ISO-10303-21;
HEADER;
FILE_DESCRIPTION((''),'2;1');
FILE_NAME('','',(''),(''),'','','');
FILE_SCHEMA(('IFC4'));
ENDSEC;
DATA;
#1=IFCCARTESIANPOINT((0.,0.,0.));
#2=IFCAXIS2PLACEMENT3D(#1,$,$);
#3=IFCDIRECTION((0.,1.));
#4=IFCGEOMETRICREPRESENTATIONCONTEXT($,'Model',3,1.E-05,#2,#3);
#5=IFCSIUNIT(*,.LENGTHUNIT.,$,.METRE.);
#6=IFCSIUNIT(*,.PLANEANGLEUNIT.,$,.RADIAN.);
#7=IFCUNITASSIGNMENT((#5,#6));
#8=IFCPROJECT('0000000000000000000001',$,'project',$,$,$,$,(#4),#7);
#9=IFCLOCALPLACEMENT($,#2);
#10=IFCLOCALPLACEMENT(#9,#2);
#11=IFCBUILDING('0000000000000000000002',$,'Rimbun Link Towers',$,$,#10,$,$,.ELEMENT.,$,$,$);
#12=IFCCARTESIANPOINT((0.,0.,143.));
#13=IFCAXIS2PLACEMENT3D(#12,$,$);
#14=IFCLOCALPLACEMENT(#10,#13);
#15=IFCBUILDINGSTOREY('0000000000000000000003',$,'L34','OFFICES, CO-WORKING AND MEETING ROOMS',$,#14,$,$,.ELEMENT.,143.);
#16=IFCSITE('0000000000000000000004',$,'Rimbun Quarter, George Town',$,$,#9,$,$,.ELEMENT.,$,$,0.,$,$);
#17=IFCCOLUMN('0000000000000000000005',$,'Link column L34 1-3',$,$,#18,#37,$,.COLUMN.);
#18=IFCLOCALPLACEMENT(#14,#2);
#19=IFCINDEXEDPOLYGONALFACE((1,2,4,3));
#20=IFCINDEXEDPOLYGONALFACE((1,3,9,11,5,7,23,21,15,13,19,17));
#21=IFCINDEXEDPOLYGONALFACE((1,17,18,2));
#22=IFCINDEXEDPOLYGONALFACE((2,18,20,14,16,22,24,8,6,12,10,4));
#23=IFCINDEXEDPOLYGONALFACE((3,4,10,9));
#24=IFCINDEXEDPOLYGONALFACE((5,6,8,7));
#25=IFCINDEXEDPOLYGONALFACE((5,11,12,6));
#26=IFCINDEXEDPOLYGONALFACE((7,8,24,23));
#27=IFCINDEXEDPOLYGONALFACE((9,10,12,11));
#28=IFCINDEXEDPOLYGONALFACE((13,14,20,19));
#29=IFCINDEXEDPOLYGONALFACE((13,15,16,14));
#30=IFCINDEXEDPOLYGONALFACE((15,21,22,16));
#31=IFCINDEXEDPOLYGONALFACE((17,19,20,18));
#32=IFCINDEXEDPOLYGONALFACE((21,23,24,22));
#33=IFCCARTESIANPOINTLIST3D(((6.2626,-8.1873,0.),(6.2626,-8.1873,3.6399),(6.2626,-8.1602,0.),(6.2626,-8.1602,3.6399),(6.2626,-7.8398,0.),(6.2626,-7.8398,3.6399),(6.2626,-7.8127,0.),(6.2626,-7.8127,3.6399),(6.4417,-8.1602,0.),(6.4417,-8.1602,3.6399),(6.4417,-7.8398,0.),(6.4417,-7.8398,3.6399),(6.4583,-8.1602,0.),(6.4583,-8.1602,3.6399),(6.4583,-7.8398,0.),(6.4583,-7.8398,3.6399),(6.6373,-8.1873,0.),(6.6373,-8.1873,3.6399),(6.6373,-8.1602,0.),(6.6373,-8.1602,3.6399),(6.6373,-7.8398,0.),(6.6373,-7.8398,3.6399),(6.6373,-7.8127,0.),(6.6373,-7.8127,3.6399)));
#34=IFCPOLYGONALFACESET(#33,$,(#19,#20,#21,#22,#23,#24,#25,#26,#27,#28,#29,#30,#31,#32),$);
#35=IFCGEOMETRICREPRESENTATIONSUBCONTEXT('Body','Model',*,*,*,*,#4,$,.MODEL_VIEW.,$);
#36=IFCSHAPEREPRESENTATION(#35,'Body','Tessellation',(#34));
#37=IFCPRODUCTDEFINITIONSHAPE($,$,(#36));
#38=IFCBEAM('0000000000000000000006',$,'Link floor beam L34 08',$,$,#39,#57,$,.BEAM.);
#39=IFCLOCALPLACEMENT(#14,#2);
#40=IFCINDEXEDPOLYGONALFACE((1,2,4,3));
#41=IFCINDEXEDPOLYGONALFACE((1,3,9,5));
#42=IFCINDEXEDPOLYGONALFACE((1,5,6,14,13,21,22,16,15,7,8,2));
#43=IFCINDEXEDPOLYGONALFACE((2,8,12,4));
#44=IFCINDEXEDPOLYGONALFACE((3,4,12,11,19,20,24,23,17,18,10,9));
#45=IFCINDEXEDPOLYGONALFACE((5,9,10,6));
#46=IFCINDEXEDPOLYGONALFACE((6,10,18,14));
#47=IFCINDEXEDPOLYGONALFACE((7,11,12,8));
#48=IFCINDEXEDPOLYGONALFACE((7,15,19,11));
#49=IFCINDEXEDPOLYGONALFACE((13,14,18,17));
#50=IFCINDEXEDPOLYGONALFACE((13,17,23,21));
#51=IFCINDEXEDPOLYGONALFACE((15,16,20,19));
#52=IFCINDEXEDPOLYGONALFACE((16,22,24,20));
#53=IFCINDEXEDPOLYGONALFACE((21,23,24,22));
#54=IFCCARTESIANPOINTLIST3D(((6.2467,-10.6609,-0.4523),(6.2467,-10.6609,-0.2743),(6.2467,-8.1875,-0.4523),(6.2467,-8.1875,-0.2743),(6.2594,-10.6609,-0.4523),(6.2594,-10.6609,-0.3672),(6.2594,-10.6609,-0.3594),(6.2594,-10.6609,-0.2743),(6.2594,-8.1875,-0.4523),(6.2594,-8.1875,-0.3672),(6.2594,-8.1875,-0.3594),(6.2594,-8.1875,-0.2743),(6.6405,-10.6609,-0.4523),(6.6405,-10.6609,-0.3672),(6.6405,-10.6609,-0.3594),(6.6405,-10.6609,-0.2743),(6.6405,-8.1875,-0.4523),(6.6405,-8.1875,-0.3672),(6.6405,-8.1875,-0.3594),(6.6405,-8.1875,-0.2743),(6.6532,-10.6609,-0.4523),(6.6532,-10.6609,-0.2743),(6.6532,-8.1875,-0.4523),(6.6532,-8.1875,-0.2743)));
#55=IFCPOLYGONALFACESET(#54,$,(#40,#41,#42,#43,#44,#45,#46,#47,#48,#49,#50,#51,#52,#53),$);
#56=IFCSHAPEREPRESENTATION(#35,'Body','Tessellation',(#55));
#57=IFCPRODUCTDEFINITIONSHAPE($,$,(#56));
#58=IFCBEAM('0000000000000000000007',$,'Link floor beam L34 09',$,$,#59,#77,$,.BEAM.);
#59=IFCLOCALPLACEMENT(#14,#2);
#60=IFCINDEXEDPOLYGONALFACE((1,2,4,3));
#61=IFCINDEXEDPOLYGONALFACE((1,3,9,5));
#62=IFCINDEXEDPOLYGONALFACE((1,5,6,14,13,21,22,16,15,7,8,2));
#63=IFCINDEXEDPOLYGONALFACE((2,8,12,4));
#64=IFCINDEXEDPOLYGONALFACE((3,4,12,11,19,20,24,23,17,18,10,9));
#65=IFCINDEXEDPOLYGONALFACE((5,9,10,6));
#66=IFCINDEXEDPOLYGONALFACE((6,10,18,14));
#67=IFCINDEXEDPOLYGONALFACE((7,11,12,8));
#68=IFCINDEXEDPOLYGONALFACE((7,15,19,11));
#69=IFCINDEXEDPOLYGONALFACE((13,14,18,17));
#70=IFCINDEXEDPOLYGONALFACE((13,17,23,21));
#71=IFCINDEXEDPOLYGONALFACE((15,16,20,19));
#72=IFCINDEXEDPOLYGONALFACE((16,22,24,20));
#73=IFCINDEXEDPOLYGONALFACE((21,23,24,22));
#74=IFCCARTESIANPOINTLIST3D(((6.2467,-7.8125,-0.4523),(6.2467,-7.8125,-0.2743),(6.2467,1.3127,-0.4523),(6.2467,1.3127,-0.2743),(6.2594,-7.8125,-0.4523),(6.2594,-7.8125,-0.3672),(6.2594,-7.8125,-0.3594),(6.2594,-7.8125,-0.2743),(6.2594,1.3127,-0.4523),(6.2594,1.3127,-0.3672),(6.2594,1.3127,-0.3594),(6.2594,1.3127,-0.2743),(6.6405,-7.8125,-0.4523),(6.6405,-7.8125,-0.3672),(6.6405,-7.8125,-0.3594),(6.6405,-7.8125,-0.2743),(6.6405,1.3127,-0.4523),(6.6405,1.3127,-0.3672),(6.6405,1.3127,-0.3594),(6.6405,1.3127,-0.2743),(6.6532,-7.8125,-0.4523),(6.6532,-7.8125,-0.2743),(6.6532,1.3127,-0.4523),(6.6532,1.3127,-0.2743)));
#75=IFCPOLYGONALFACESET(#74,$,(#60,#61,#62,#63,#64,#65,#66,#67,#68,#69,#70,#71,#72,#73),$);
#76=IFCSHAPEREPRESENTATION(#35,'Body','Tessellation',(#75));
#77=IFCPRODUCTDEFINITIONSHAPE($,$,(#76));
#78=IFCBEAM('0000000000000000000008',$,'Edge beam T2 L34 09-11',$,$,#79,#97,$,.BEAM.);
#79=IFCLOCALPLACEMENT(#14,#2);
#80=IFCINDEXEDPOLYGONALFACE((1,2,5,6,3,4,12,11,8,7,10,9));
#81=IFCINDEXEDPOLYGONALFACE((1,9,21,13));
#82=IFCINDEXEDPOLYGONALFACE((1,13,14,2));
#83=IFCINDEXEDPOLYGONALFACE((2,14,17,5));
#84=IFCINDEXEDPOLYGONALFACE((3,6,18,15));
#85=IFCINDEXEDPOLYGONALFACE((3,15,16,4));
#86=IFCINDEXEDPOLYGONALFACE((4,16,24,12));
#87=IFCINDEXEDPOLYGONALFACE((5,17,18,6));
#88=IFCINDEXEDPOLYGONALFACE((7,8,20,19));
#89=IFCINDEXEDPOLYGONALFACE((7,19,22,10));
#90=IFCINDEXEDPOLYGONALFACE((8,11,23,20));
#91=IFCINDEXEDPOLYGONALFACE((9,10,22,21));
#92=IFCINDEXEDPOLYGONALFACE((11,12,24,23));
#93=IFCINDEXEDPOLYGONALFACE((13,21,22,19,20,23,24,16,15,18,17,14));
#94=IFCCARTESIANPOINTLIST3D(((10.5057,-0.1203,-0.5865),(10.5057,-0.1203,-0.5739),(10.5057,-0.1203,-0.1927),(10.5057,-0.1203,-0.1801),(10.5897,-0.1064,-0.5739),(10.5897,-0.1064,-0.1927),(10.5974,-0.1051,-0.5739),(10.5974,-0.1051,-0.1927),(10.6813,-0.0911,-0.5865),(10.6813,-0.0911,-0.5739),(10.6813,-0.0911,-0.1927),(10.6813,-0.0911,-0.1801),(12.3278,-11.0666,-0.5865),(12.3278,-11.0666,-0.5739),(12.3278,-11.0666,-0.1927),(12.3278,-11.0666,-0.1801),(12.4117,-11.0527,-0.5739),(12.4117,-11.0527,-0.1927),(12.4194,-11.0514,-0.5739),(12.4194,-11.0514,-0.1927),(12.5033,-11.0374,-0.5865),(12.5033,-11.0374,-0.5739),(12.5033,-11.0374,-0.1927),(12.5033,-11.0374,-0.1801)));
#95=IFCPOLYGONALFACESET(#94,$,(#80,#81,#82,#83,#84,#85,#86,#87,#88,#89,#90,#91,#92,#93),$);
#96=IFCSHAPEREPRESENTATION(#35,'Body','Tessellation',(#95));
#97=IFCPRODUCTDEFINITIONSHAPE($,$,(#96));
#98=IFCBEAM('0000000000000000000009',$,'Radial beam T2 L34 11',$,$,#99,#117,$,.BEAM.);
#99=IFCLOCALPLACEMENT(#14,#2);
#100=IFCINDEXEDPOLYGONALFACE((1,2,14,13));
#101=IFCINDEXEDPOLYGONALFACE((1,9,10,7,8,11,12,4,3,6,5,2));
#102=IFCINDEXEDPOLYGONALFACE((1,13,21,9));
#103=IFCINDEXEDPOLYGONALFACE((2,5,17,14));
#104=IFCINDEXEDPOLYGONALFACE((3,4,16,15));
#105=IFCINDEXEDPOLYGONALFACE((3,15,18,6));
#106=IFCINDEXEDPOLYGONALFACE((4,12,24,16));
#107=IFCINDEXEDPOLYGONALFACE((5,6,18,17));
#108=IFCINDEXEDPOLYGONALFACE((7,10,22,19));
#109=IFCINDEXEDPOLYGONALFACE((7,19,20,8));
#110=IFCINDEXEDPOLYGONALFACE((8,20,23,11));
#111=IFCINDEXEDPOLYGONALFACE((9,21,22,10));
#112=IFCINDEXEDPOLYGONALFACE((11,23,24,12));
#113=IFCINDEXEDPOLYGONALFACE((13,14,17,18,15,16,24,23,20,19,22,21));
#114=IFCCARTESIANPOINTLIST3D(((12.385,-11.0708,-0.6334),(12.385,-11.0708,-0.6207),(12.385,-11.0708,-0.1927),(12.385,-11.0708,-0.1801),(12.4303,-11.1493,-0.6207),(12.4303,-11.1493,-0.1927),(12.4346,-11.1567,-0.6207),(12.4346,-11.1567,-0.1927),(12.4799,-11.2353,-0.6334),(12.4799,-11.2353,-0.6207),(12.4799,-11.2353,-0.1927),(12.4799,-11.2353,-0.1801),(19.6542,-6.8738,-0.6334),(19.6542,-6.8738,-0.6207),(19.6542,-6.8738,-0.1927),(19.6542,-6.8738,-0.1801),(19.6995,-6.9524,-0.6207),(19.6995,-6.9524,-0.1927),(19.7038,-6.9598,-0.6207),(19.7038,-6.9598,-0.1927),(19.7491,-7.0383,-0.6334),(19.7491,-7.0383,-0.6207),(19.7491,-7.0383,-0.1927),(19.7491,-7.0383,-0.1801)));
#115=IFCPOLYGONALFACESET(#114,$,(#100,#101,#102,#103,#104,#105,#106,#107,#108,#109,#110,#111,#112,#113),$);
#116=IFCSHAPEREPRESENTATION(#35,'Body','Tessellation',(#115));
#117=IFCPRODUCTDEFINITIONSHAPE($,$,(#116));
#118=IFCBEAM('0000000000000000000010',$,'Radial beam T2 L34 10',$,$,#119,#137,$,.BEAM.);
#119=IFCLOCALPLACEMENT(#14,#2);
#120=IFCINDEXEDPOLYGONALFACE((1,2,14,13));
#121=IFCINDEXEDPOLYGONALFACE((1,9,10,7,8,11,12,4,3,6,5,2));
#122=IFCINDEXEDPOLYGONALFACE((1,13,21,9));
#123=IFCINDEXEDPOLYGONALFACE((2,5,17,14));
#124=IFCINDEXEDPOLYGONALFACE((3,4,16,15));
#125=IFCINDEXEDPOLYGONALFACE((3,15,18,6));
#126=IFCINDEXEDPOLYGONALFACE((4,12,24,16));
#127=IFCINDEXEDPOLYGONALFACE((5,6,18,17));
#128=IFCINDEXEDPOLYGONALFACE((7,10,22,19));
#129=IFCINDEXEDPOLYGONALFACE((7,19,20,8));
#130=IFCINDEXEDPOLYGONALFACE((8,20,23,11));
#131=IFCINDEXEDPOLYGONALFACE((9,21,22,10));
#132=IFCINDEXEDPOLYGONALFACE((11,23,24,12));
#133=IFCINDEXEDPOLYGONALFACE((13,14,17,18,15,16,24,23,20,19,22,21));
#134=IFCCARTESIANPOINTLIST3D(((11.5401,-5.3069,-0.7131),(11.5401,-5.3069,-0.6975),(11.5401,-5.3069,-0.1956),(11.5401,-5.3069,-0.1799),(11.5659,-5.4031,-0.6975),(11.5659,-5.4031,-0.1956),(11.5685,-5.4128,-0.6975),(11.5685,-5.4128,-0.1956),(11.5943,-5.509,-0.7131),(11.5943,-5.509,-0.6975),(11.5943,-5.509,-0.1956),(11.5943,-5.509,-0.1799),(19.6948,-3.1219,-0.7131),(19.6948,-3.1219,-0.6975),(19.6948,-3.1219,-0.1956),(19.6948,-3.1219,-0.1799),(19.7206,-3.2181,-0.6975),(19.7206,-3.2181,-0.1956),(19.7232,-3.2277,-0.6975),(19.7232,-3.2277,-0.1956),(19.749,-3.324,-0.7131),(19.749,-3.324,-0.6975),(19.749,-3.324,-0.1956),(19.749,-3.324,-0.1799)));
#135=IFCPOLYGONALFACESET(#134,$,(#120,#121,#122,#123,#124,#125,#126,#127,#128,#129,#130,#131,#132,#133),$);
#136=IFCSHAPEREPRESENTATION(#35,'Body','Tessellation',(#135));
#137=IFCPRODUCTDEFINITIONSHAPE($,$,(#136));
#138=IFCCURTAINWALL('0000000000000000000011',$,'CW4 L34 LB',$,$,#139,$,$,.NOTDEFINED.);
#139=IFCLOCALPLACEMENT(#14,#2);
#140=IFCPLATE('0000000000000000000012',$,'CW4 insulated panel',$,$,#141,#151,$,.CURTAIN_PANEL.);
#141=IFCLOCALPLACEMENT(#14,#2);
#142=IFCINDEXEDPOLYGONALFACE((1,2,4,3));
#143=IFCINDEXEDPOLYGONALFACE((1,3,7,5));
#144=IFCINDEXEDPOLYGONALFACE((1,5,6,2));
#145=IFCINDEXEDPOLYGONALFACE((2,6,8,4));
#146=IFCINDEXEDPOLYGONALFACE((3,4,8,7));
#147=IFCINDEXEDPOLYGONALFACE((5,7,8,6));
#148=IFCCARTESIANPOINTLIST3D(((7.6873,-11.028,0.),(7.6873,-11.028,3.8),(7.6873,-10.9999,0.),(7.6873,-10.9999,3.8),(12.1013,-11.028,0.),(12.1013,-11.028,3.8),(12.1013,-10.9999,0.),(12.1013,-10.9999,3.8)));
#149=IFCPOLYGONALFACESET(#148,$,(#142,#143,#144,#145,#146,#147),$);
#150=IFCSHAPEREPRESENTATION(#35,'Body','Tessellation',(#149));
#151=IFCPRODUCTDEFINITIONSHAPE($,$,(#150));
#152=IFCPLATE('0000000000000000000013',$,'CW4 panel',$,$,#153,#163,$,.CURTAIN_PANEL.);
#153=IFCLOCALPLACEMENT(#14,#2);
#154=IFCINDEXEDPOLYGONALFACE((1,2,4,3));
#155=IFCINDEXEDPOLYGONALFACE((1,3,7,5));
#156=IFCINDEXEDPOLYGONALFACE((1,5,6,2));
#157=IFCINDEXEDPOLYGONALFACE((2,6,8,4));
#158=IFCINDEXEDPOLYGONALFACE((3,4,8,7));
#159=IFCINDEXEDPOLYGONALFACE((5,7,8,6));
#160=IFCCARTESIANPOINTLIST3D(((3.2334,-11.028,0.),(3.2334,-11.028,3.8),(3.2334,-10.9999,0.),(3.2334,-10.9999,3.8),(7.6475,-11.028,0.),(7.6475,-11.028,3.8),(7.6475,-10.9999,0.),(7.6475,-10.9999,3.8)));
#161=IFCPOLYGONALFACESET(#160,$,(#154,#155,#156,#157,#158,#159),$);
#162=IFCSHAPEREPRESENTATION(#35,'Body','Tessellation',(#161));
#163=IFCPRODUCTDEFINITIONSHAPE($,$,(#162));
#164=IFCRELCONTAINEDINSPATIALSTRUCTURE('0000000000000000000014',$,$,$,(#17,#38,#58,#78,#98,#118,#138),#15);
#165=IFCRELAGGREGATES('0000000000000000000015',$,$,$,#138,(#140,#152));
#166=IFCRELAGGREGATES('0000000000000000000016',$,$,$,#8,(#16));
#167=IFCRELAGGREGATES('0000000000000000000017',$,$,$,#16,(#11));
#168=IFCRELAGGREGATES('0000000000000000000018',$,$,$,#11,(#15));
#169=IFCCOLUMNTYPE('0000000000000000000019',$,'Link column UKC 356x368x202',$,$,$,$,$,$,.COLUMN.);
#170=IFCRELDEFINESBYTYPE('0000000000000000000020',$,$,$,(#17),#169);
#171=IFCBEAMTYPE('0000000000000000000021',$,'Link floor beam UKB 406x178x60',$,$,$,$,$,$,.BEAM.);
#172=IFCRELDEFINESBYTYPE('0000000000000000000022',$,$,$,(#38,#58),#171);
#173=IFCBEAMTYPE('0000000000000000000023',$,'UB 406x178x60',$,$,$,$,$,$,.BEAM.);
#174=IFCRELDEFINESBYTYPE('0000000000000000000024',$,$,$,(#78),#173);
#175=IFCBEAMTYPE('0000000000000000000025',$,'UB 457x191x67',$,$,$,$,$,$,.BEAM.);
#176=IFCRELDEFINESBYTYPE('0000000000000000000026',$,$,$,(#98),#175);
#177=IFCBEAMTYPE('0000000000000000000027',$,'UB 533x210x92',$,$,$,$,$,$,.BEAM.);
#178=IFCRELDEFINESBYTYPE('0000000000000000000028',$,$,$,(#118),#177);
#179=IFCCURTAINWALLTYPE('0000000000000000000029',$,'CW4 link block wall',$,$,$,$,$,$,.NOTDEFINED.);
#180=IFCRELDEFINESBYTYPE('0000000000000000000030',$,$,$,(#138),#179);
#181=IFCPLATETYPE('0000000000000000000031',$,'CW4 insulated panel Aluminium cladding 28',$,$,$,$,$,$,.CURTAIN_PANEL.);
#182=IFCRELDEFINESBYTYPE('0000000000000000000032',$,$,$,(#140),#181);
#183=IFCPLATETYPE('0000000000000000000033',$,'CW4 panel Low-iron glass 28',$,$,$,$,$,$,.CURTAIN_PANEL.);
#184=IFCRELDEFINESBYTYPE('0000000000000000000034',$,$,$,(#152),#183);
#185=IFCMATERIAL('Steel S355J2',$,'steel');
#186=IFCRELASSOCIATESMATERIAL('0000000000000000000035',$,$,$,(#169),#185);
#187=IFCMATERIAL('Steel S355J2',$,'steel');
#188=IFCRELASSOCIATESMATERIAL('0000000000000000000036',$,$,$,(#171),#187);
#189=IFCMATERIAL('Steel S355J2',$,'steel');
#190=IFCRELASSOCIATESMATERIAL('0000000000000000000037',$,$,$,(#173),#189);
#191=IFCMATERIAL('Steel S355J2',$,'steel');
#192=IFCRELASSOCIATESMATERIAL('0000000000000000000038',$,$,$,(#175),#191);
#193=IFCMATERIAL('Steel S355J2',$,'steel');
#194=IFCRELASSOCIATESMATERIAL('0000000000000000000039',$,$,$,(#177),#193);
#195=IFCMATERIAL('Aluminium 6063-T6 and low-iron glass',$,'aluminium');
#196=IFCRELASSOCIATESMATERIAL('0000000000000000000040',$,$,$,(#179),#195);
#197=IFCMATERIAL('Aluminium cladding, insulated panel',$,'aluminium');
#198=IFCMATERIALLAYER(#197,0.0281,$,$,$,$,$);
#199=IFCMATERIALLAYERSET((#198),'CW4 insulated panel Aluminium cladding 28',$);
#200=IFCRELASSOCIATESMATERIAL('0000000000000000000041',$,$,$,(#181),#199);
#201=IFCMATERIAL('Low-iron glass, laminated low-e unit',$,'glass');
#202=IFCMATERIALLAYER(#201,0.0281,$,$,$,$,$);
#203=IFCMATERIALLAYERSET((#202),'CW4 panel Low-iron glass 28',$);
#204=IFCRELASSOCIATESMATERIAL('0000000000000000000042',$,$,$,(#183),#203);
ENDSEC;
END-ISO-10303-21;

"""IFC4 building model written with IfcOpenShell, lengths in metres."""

from ifc_helpers import new_model, si_unit, direction, frame, origin, origin_2d, place, context, subcontext, project, spatial, rectangle, i_section, extrude, material, layer, layer_set, material_profile, profile_set, type_object, element, aggregate, save


model = new_model("IFC4")

# Units and contexts
model_context = context("Model", 3, precision=1e-05, world=origin(), true_north=direction((0.0, 1.0)))
body_context = subcontext(model_context, "Body", "Model", "MODEL_VIEW")
ifc_project = project(units=[si_unit("LENGTHUNIT", "METRE"), si_unit("PLANEANGLEUNIT", "RADIAN")], contexts=[model_context])

# Site, building, storey
site_placement = place(None, origin())
site = spatial("IfcSite", under=ifc_project, at=site_placement, Name="Rimbun Quarter, George Town", CompositionType="ELEMENT", RefElevation=0.0)
building_placement = place(site_placement, origin())
building = spatial("IfcBuilding", under=site, at=building_placement, Name="Rimbun Link Towers", CompositionType="ELEMENT")
storey_placement = place(building_placement, frame((0.0, 0.0, 143.0)))
storey = spatial("IfcBuildingStorey", under=building, at=storey_placement, Name="L34", Description="OFFICES, CO-WORKING AND MEETING ROOMS", CompositionType="ELEMENT", Elevation=143.0)

# Column
ifc_material_1 = material(Name="Steel S355J2", Category="steel")
ifc_material_profile_1 = material_profile(ifc_material_1, i_section(OverallWidth=0.3748, OverallDepth=0.3745, WebThickness=0.0166, FlangeThickness=0.0271, at=origin_2d()), Name="UKC 356x368x202")
ifc_profile_set_1 = profile_set([ifc_material_profile_1], Name="Steel S355J2")
column_type = type_object("IfcColumnType", Name="Link column UKC 356x368x202", PredefinedType="COLUMN", material=ifc_profile_set_1)
column_placement = place(storey_placement, frame((6.45, -8.0, 0.0), z_axis=(0.0, 0.0, 1.0), x_axis=(1.0, 0.0, 0.0)))
element("IfcColumn", 1, at=column_placement, inside=storey, type_object=column_type, Name="Link column L34 1-3", PredefinedType="COLUMN", context=body_context, shape_type="SweptSolid", body=[
    extrude(i_section(OverallWidth=0.3748, OverallDepth=0.3745, WebThickness=0.0166, FlangeThickness=0.0271, at=origin_2d()), origin(), (0.0, 0.0, 1.0), 3.6399),
])

# Beams
ifc_material_2 = material(Name="Steel S355J2", Category="steel")
ifc_material_profile_2 = material_profile(ifc_material_2, i_section(OverallWidth=0.178, OverallDepth=0.4065, WebThickness=0.0078, FlangeThickness=0.0127, at=origin_2d()), Name="UKB 406x178x60")
ifc_profile_set_2 = profile_set([ifc_material_profile_2], Name="Steel S355J2")
beam_type_1 = type_object("IfcBeamType", Name="Link floor beam UKB 406x178x60", PredefinedType="BEAM", material=ifc_profile_set_2)
beam_1_placement = place(storey_placement, frame((6.45, -10.6609, -0.3633), z_axis=(0.0, 1.0, 0.0), x_axis=(0.0, 0.0, 1.0)))
element("IfcBeam", 2, at=beam_1_placement, inside=storey, type_object=beam_type_1, Name="Link floor beam L34 08", PredefinedType="BEAM", context=body_context, shape_type="SweptSolid", body=[
    extrude(i_section(OverallWidth=0.178, OverallDepth=0.4065, WebThickness=0.0078, FlangeThickness=0.0127, at=origin_2d()), origin(), (0.0, 0.0, 1.0), 2.4734),
])
beam_2_placement = place(storey_placement, frame((6.45, -7.8125, -0.3633), z_axis=(0.0, 1.0, 0.0), x_axis=(0.0, 0.0, 1.0)))
element("IfcBeam", 3, at=beam_2_placement, inside=storey, type_object=beam_type_1, Name="Link floor beam L34 09", PredefinedType="BEAM", context=body_context, shape_type="SweptSolid", body=[
    extrude(i_section(OverallWidth=0.178, OverallDepth=0.4065, WebThickness=0.0078, FlangeThickness=0.0127, at=origin_2d()), origin(), (0.0, 0.0, 1.0), 9.1252),
])
ifc_material_3 = material(Name="Steel S355J2", Category="steel")
ifc_material_profile_3 = material_profile(ifc_material_3, i_section(OverallWidth=0.178, OverallDepth=0.4065, WebThickness=0.0078, FlangeThickness=0.0127, at=origin_2d()), Name="UB 406x178x60")
ifc_profile_set_3 = profile_set([ifc_material_profile_3], Name="Steel S355J2")
beam_type_2 = type_object("IfcBeamType", Name="UB 406x178x60", PredefinedType="BEAM", material=ifc_profile_set_3)
beam_3_placement = place(storey_placement, frame((10.5935, -0.1057, -0.3833), z_axis=(0.164192, -0.986428, 0.0), x_axis=(0.986428, 0.164192, 0.0)))
element("IfcBeam", 4, at=beam_3_placement, inside=storey, type_object=beam_type_2, Name="Edge beam T2 L34 09-11", PredefinedType="BEAM", context=body_context, shape_type="SweptSolid", body=[
    extrude(i_section(OverallWidth=0.178, OverallDepth=0.4065, WebThickness=0.0078, FlangeThickness=0.0127, at=origin_2d()), origin(), (0.0, 0.0, 1.0), 11.0969),
])
ifc_material_4 = material(Name="Steel S355J2", Category="steel")
ifc_material_profile_4 = material_profile(ifc_material_4, i_section(OverallWidth=0.1899, OverallDepth=0.4534, WebThickness=0.0085, FlangeThickness=0.0127, at=origin_2d()), Name="UB 457x191x67")
ifc_profile_set_4 = profile_set([ifc_material_profile_4], Name="Steel S355J2")
beam_type_3 = type_object("IfcBeamType", Name="UB 457x191x67", PredefinedType="BEAM", material=ifc_profile_set_4)
beam_4_placement = place(storey_placement, frame((19.7017, -6.9561, -0.4067), z_axis=(-0.86602, -0.500009, 0.0), x_axis=(0.500009, -0.86602, 0.0)))
element("IfcBeam", 5, at=beam_4_placement, inside=storey, type_object=beam_type_3, Name="Radial beam T2 L34 11", PredefinedType="BEAM", context=body_context, shape_type="SweptSolid", body=[
    extrude(i_section(OverallWidth=0.1899, OverallDepth=0.4534, WebThickness=0.0085, FlangeThickness=0.0127, at=origin_2d()), origin(), (0.0, 0.0, 1.0), 8.3938),
])
ifc_material_5 = material(Name="Steel S355J2", Category="steel")
ifc_material_profile_5 = material_profile(ifc_material_5, i_section(OverallWidth=0.2092, OverallDepth=0.5332, WebThickness=0.01, FlangeThickness=0.0156, at=origin_2d()), Name="UB 533x210x92")
ifc_profile_set_5 = profile_set([ifc_material_profile_5], Name="Steel S355J2")
beam_type_4 = type_object("IfcBeamType", Name="UB 533x210x92", PredefinedType="BEAM", material=ifc_profile_set_5)
beam_5_placement = place(storey_placement, frame((19.7219, -3.2229, -0.4465), z_axis=(-0.965926, -0.258818, 0.0), x_axis=(0.258818, -0.965926, 0.0)))
element("IfcBeam", 6, at=beam_5_placement, inside=storey, type_object=beam_type_4, Name="Radial beam T2 L34 10", PredefinedType="BEAM", context=body_context, shape_type="SweptSolid", body=[
    extrude(i_section(OverallWidth=0.2092, OverallDepth=0.5332, WebThickness=0.01, FlangeThickness=0.0156, at=origin_2d()), origin(), (0.0, 0.0, 1.0), 8.4424),
])

# Curtain wall, plates
ifc_material_6 = material(Name="Aluminium 6063-T6 and low-iron glass", Category="aluminium")
curtain_wall_type = type_object("IfcCurtainWallType", Name="CW4 link block wall", PredefinedType="NOTDEFINED", material=ifc_material_6)
curtain_wall_placement = place(storey_placement, origin())
curtain_wall = element("IfcCurtainWall", 7, at=curtain_wall_placement, inside=storey, type_object=curtain_wall_type, Name="CW4 L34 LB", PredefinedType="NOTDEFINED")
ifc_material_7 = material(Name="Aluminium cladding, insulated panel", Category="aluminium")
ifc_layer_1 = layer(ifc_material_7, 0.0281)
ifc_layer_set_1 = layer_set([ifc_layer_1], Name="CW4 insulated panel Aluminium cladding 28")
plate_type_1 = type_object("IfcPlateType", Name="CW4 insulated panel Aluminium cladding 28", PredefinedType="CURTAIN_PANEL", material=ifc_layer_set_1)
plate_1_placement = place(storey_placement, frame((9.8943, -11.0139, 0.0), z_axis=(0.0, 0.0, 1.0), x_axis=(-1.0, 0.0, 0.0)))
plate_1 = element("IfcPlate", 8, at=plate_1_placement, type_object=plate_type_1, Name="CW4 insulated panel", PredefinedType="CURTAIN_PANEL", context=body_context, shape_type="SweptSolid", body=[
    extrude(rectangle(XDim=4.4141, YDim=0.0281, at=origin_2d()), origin(), (0.0, 0.0, 1.0), 3.8),
])
ifc_material_8 = material(Name="Low-iron glass, laminated low-e unit", Category="glass")
ifc_layer_2 = layer(ifc_material_8, 0.0281)
ifc_layer_set_2 = layer_set([ifc_layer_2], Name="CW4 panel Low-iron glass 28")
plate_type_2 = type_object("IfcPlateType", Name="CW4 panel Low-iron glass 28", PredefinedType="CURTAIN_PANEL", material=ifc_layer_set_2)
plate_2_placement = place(storey_placement, frame((5.4404, -11.0139, 0.0), z_axis=(0.0, 0.0, 1.0), x_axis=(-1.0, 0.0, 0.0)))
plate_2 = element("IfcPlate", 9, at=plate_2_placement, type_object=plate_type_2, Name="CW4 panel", PredefinedType="CURTAIN_PANEL", context=body_context, shape_type="SweptSolid", body=[
    extrude(rectangle(XDim=4.4141, YDim=0.0281, at=origin_2d()), origin(), (0.0, 0.0, 1.0), 3.8),
])
aggregate(curtain_wall, [plate_1, plate_2])

save(model, "model.ifc")
